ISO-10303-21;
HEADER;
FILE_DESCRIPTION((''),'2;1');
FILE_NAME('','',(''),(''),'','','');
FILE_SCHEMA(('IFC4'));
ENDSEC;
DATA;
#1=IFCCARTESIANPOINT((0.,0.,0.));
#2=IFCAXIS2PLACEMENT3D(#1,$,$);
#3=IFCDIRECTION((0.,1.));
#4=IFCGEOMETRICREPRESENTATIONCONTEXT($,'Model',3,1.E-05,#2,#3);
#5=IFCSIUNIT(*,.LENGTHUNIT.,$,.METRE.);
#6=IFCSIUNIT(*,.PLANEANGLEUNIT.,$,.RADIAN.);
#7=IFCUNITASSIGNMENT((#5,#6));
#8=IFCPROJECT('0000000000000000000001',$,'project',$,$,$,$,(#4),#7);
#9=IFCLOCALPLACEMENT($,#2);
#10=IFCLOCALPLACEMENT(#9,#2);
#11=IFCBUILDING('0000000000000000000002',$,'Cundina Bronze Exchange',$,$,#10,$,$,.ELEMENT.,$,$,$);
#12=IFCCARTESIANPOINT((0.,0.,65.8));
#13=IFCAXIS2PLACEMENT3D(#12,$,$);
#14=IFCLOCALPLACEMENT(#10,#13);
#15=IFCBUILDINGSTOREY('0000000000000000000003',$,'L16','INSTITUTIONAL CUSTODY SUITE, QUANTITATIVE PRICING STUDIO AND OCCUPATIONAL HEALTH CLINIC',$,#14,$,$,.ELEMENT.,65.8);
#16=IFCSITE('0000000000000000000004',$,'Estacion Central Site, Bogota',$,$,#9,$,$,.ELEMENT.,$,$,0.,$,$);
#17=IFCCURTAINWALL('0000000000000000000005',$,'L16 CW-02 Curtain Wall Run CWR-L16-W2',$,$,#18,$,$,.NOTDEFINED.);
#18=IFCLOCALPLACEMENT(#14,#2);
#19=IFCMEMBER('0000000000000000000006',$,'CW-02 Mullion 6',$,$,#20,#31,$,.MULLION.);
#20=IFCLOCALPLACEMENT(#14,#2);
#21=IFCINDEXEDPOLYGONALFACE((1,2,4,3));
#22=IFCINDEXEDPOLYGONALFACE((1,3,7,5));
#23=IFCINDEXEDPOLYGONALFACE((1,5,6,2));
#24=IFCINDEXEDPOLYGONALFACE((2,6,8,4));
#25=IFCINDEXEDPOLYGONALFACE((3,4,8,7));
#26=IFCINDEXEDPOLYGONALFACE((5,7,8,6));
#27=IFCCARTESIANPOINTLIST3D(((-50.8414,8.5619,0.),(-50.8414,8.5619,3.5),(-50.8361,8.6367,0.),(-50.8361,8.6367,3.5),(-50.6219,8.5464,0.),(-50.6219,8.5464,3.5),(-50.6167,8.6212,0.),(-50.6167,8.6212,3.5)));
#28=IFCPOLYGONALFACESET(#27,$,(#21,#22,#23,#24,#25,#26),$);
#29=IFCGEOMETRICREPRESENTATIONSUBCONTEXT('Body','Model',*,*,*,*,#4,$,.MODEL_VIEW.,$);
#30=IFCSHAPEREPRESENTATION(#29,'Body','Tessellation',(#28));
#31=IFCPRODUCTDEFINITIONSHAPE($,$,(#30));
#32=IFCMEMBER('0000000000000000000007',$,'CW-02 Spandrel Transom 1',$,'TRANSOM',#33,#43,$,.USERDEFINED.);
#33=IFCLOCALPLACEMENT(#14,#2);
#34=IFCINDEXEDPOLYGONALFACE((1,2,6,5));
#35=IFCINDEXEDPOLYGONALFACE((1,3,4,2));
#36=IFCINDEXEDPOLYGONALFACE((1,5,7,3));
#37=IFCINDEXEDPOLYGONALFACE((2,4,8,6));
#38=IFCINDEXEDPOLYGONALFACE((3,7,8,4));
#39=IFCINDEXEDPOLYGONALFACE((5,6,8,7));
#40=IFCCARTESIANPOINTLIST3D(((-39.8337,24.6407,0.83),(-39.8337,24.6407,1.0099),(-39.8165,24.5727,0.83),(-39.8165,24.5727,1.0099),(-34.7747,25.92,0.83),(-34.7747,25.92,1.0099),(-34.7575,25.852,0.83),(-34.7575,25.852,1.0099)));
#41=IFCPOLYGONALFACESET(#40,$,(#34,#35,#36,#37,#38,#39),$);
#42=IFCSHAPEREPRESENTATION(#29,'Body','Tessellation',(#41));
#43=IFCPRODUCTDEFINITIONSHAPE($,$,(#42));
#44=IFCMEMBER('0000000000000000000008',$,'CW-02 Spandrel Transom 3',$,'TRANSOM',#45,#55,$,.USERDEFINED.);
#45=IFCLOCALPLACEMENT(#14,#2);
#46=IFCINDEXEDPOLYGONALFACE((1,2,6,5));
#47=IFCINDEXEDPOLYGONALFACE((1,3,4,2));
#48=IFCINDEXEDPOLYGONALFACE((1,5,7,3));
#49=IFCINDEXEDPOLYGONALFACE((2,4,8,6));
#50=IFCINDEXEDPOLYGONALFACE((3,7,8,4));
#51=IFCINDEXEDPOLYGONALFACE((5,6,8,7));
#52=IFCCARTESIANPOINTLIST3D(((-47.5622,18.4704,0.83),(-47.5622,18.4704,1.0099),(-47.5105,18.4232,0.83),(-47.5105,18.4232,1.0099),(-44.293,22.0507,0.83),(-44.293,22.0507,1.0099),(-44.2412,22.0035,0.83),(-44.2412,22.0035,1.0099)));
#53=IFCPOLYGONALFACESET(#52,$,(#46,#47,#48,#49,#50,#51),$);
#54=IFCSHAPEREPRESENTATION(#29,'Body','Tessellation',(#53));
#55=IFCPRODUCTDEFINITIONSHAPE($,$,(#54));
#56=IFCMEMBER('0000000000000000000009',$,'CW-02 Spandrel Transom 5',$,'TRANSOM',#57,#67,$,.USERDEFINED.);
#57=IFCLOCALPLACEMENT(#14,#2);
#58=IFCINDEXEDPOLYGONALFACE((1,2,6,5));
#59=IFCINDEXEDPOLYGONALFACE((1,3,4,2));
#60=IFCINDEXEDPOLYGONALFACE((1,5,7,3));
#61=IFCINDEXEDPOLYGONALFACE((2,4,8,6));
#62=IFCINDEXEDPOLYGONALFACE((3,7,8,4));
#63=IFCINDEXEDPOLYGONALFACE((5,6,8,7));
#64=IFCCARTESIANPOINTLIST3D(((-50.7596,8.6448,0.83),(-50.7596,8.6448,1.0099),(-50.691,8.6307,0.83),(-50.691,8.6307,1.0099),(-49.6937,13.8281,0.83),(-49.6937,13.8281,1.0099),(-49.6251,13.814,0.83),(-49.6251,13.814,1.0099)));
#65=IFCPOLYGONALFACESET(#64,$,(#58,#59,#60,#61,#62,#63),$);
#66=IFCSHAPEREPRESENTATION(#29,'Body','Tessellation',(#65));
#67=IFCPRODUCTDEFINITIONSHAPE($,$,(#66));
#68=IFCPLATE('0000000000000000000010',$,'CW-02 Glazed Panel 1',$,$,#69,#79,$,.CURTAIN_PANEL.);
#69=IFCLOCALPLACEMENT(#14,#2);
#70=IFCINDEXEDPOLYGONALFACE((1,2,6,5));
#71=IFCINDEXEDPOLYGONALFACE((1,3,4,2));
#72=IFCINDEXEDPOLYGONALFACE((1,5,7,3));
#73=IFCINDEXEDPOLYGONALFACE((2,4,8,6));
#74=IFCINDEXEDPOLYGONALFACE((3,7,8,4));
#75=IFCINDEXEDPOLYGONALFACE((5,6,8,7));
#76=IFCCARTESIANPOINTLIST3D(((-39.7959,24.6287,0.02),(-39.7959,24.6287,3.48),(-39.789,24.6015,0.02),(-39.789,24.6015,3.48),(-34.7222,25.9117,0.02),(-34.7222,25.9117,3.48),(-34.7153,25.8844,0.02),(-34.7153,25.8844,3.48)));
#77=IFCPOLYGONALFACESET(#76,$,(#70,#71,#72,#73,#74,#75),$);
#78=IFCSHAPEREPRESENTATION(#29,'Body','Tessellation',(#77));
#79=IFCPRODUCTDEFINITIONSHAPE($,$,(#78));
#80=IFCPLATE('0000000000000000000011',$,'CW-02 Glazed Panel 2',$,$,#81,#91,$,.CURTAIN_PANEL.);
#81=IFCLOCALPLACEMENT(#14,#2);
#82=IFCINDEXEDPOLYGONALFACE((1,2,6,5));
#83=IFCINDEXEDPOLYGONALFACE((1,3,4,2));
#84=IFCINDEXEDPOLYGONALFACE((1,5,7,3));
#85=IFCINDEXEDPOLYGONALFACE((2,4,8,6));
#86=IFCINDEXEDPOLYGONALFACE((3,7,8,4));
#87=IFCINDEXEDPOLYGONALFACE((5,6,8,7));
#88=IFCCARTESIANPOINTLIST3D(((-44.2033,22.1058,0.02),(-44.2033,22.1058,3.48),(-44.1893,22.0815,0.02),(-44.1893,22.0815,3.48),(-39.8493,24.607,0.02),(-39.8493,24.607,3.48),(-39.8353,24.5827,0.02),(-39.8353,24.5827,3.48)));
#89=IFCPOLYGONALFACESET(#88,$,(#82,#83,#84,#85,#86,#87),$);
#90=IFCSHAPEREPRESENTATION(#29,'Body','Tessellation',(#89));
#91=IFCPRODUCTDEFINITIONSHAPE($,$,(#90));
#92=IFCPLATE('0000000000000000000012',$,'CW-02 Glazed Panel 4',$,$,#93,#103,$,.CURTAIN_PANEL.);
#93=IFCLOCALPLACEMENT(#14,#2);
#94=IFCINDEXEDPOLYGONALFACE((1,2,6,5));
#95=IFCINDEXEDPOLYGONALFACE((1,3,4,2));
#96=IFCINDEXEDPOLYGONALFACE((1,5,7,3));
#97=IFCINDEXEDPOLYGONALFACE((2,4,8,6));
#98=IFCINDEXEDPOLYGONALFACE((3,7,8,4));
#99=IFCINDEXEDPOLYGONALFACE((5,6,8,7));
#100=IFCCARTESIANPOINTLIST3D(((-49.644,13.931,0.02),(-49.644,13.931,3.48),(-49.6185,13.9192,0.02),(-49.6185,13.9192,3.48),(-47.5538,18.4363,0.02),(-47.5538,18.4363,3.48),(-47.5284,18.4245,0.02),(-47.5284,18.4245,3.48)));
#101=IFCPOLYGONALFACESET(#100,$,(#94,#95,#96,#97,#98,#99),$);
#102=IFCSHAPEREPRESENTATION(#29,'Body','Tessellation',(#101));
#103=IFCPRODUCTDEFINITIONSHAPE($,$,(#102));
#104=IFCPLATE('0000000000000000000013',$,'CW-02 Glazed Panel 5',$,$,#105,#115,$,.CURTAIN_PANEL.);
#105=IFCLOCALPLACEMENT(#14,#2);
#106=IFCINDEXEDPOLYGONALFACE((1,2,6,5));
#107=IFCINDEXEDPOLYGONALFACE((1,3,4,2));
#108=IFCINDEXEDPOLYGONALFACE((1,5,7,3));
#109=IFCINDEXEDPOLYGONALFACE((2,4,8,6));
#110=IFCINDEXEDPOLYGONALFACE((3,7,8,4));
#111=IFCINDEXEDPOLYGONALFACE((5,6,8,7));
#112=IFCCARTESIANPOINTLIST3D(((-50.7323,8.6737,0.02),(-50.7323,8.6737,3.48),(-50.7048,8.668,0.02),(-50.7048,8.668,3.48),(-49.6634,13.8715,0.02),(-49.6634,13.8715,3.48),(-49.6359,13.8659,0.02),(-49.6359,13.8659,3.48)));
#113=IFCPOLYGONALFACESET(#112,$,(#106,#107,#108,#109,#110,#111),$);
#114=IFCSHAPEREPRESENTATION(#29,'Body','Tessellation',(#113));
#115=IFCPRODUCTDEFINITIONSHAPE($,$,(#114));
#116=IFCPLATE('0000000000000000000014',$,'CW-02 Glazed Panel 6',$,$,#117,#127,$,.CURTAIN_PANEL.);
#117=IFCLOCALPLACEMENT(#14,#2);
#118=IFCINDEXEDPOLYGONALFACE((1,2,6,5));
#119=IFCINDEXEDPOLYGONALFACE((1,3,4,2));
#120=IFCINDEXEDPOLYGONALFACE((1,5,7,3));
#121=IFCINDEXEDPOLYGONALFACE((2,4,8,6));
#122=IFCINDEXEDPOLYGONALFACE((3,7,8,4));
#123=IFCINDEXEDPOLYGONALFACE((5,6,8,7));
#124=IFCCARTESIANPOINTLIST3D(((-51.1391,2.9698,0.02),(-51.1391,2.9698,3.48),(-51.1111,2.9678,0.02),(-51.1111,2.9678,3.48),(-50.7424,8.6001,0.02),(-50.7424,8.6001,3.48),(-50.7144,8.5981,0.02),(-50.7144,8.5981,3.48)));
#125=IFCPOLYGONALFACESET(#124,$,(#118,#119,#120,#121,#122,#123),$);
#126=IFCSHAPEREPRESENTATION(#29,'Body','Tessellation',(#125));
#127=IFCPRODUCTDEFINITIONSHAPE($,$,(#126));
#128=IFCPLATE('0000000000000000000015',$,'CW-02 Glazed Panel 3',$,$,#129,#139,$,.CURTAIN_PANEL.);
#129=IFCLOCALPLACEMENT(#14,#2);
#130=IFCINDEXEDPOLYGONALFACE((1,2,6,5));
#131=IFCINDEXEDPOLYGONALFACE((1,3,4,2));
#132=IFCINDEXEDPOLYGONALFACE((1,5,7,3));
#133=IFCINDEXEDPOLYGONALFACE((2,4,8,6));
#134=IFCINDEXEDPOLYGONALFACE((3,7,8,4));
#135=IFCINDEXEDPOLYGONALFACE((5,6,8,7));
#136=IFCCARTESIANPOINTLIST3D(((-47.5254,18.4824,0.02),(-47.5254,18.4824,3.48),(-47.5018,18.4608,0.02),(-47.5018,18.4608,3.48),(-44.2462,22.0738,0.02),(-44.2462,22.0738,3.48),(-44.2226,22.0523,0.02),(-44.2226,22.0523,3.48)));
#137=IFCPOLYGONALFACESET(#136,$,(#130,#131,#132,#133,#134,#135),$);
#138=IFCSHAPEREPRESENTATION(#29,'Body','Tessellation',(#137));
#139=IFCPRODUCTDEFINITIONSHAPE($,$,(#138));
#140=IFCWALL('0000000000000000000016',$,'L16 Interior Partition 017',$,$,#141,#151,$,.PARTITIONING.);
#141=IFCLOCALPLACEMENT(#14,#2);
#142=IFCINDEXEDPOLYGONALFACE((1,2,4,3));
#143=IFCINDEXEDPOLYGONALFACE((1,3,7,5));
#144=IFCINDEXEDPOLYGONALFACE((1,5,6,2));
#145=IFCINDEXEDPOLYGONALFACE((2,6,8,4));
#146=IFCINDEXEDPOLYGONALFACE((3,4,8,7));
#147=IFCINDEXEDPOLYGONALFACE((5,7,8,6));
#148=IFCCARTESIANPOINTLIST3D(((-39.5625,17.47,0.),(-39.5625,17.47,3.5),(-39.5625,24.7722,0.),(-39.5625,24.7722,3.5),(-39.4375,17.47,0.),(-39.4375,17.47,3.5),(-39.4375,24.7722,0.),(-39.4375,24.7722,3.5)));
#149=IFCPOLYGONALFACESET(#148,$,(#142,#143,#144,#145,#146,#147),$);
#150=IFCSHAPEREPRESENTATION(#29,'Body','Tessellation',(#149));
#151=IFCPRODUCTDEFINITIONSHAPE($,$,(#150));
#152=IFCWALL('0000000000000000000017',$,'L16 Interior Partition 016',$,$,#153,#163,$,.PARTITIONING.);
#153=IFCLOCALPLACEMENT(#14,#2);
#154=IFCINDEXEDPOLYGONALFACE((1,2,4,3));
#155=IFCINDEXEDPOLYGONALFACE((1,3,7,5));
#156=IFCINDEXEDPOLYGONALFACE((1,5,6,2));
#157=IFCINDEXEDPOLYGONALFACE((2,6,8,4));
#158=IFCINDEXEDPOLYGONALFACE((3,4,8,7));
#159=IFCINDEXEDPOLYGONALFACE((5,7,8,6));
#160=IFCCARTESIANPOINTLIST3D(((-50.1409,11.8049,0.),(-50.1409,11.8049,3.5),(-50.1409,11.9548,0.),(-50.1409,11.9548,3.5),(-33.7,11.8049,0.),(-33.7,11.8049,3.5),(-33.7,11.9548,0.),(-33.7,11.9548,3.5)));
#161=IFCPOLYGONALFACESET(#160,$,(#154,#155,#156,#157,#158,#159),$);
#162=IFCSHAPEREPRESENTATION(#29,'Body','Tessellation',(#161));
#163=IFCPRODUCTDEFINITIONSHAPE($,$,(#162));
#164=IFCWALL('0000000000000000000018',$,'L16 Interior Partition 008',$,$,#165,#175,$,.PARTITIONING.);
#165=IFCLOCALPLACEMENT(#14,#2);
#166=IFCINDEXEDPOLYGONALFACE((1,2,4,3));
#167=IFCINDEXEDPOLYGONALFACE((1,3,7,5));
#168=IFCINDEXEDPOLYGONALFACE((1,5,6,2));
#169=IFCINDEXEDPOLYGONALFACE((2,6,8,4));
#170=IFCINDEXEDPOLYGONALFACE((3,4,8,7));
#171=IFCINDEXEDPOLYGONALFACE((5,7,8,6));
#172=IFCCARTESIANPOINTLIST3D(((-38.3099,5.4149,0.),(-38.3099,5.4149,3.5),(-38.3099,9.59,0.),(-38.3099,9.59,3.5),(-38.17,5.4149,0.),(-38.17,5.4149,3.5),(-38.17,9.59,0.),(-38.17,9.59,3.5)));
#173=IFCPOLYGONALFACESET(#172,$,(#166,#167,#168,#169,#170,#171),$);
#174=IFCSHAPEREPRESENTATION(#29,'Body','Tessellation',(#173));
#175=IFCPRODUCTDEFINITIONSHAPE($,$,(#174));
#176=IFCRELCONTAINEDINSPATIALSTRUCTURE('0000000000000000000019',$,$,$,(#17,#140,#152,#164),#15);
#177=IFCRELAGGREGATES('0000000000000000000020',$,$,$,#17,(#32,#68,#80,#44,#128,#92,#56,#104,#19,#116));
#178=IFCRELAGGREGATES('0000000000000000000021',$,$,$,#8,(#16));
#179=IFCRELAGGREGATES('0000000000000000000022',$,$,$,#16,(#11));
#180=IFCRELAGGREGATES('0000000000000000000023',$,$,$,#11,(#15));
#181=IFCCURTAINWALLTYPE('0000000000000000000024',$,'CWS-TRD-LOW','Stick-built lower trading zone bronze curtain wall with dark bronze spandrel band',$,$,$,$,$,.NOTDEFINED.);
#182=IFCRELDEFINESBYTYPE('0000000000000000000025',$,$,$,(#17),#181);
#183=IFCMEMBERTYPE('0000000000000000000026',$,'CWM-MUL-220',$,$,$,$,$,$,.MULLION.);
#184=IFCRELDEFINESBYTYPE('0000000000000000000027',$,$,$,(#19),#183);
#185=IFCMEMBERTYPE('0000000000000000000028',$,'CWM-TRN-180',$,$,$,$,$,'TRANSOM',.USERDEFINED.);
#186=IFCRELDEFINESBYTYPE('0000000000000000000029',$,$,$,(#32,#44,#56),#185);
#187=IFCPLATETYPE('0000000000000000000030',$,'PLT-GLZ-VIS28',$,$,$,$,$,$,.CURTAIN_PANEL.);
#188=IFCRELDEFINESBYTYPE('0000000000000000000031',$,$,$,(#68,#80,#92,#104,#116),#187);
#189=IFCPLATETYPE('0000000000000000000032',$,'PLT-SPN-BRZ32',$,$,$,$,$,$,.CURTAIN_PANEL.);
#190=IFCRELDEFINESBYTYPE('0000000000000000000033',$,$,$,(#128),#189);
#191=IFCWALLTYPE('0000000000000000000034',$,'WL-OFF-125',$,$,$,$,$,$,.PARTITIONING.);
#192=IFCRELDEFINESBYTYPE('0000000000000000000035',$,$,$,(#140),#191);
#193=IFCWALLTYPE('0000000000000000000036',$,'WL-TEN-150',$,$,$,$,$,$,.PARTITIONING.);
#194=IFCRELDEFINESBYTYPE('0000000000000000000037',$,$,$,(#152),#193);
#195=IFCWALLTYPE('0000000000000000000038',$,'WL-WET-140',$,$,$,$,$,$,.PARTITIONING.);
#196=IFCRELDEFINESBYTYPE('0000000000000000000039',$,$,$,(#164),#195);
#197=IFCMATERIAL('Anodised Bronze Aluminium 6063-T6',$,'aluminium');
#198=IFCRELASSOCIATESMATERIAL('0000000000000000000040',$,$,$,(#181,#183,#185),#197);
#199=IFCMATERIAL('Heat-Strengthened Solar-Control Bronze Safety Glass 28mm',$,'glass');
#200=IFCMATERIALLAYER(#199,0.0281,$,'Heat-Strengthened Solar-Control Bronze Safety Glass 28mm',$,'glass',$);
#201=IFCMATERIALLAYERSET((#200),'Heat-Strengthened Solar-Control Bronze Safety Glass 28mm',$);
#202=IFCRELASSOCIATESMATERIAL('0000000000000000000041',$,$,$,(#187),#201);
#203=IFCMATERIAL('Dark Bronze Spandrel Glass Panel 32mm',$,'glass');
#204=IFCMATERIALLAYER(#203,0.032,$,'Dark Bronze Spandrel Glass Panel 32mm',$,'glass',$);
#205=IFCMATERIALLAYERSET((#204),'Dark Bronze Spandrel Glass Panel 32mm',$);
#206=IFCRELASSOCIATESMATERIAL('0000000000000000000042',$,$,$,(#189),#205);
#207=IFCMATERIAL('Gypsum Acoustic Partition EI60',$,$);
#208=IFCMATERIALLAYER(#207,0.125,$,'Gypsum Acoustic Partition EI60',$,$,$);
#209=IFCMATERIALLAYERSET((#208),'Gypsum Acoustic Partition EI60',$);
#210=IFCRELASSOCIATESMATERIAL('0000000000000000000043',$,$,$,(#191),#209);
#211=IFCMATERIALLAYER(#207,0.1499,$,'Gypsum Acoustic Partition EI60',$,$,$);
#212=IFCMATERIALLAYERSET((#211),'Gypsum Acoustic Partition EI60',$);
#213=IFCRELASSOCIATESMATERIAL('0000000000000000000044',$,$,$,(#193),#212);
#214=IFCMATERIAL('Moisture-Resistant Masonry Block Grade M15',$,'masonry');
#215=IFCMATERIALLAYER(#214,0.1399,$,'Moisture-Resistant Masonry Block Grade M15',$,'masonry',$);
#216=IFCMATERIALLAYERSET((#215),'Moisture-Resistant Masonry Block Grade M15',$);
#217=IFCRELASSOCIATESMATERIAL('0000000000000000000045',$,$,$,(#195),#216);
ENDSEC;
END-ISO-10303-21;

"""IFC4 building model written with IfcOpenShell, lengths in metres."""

from ifc_helpers import new_model, si_unit, direction, frame, frame_2d, origin, origin_2d, place, context, subcontext, project, spatial, rectangle, extrude, material, layer, layer_set, material_profile, profile_set, type_object, element, aggregate, save


model = new_model("IFC4")

# Units and contexts
model_context = context("Model", 3, precision=1e-05, world=origin(), true_north=direction((0.0, 1.0)))
body_context = subcontext(model_context, "Body", "Model", "MODEL_VIEW")
ifc_project = project(units=[si_unit("LENGTHUNIT", "METRE"), si_unit("PLANEANGLEUNIT", "RADIAN")], contexts=[model_context])

# Site, building, storey
site_placement = place(None, origin())
site = spatial("IfcSite", under=ifc_project, at=site_placement, Name="Estacion Central Site, Bogota", CompositionType="ELEMENT", RefElevation=0.0)
building_placement = place(site_placement, origin())
building = spatial("IfcBuilding", under=site, at=building_placement, Name="Cundina Bronze Exchange", CompositionType="ELEMENT")
storey_placement = place(building_placement, frame((0.0, 0.0, 65.8)))
storey = spatial("IfcBuildingStorey", under=building, at=storey_placement, Name="L16", Description="INSTITUTIONAL CUSTODY SUITE, QUANTITATIVE PRICING STUDIO AND OCCUPATIONAL HEALTH CLINIC", CompositionType="ELEMENT", Elevation=65.8)

# Curtain wall, members, plates
ifc_material_1 = material(Name="Anodised Bronze Aluminium 6063-T6", Category="aluminium")
curtain_wall_type = type_object("IfcCurtainWallType", Name="CWS-TRD-LOW", Description="Stick-built lower trading zone bronze curtain wall with dark bronze spandrel band", PredefinedType="NOTDEFINED", material=ifc_material_1)
curtain_wall_placement = place(storey_placement, origin())
curtain_wall = element("IfcCurtainWall", 1, at=curtain_wall_placement, inside=storey, type_object=curtain_wall_type, Name="L16 CW-02 Curtain Wall Run CWR-L16-W2", PredefinedType="NOTDEFINED")
ifc_material_profile_1 = material_profile(ifc_material_1, rectangle(XDim=0.075, YDim=0.22, at=origin_2d()), Name="AL75X220", Category="aluminium")
ifc_profile_set_1 = profile_set([ifc_material_profile_1], Name="Anodised Bronze Aluminium 6063-T6")
member_type_1 = type_object("IfcMemberType", Name="CWM-MUL-220", PredefinedType="MULLION", material=ifc_profile_set_1)
member_1_placement = place(storey_placement, frame((-50.729, 8.5916, 0.0), z_axis=(0.0, 0.0, 1.0), x_axis=(-0.070279, -0.997527, 0.0)))
member_1 = element("IfcMember", 2, at=member_1_placement, type_object=member_type_1, Name="CW-02 Mullion 6", PredefinedType="MULLION", context=body_context, shape_type="SweptSolid", body=[
    extrude(rectangle(XDim=0.075, YDim=0.22, at=origin_2d()), origin(), (0.0, 0.0, 1.0), 3.5),
])
ifc_material_profile_2 = material_profile(ifc_material_1, rectangle(XDim=0.0701, YDim=0.1799, at=origin_2d()), Name="AL70X180", Category="aluminium")
ifc_profile_set_2 = profile_set([ifc_material_profile_2], Name="Anodised Bronze Aluminium 6063-T6")
member_type_2 = type_object("IfcMemberType", Name="CWM-TRN-180", ElementType="TRANSOM", PredefinedType="USERDEFINED", material=ifc_profile_set_2)
member_2_placement = place(storey_placement, frame((-34.7661, 25.886, 0.9199), z_axis=(-0.969484, -0.245155, 0.0), x_axis=(0.245155, -0.969484, 0.0)))
member_2 = element("IfcMember", 3, at=member_2_placement, type_object=member_type_2, Name="CW-02 Spandrel Transom 1", ObjectType="TRANSOM", PredefinedType="USERDEFINED", context=body_context, shape_type="SweptSolid", body=[
    extrude(rectangle(XDim=0.0701, YDim=0.1799, at=origin_2d()), origin(), (0.0, 0.0, 1.0), 5.2183),
])
member_3_placement = place(storey_placement, frame((-44.2671, 22.0271, 0.9199), z_axis=(-0.674303, -0.738455, 0.0), x_axis=(0.738455, -0.674303, 0.0)))
member_3 = element("IfcMember", 4, at=member_3_placement, type_object=member_type_2, Name="CW-02 Spandrel Transom 3", ObjectType="TRANSOM", PredefinedType="USERDEFINED", context=body_context, shape_type="SweptSolid", body=[
    extrude(rectangle(XDim=0.0701, YDim=0.1799, at=origin_2d()), origin(), (0.0, 0.0, 1.0), 4.8484),
])
member_4_placement = place(storey_placement, frame((-49.6594, 13.821, 0.9199), z_axis=(-0.201428, -0.979503, 0.0), x_axis=(0.979503, -0.201428, 0.0)))
member_4 = element("IfcMember", 5, at=member_4_placement, type_object=member_type_2, Name="CW-02 Spandrel Transom 5", ObjectType="TRANSOM", PredefinedType="USERDEFINED", context=body_context, shape_type="SweptSolid", body=[
    extrude(rectangle(XDim=0.0701, YDim=0.1799, at=origin_2d()), origin(), (0.0, 0.0, 1.0), 5.2917),
])
ifc_material_2 = material(Name="Heat-Strengthened Solar-Control Bronze Safety Glass 28mm", Category="glass")
ifc_layer_1 = layer(ifc_material_2, 0.0281, Name="Heat-Strengthened Solar-Control Bronze Safety Glass 28mm", Category="glass")
ifc_layer_set_1 = layer_set([ifc_layer_1], Name="Heat-Strengthened Solar-Control Bronze Safety Glass 28mm")
plate_type_1 = type_object("IfcPlateType", Name="PLT-GLZ-VIS28", PredefinedType="CURTAIN_PANEL", material=ifc_layer_set_1)
plate_1_placement = place(storey_placement, frame((-37.2556, 25.2566, 0.02), z_axis=(0.0, 0.0, 1.0), x_axis=(-0.969488, -0.245138, 0.0)))
plate_1 = element("IfcPlate", 6, at=plate_1_placement, type_object=plate_type_1, Name="CW-02 Glazed Panel 1", PredefinedType="CURTAIN_PANEL", context=body_context, shape_type="SweptSolid", body=[
    extrude(rectangle(XDim=5.2334, YDim=0.0281, at=origin_2d()), origin(), (0.0, 0.0, 1.0), 3.46),
])
plate_2_placement = place(storey_placement, frame((-42.0193, 23.3442, 0.02), z_axis=(0.0, 0.0, 1.0), x_axis=(-0.867105, -0.498125, 0.0)))
plate_2 = element("IfcPlate", 7, at=plate_2_placement, type_object=plate_type_1, Name="CW-02 Glazed Panel 2", PredefinedType="CURTAIN_PANEL", context=body_context, shape_type="SweptSolid", body=[
    extrude(rectangle(XDim=5.0212, YDim=0.0281, at=origin_2d()), origin(), (0.0, 0.0, 1.0), 3.46),
])
plate_3_placement = place(storey_placement, frame((-48.5862, 16.1777, 0.02), z_axis=(0.0, 0.0, 1.0), x_axis=(-0.420846, -0.907132, 0.0)))
plate_3 = element("IfcPlate", 8, at=plate_3_placement, type_object=plate_type_1, Name="CW-02 Glazed Panel 4", PredefinedType="CURTAIN_PANEL", context=body_context, shape_type="SweptSolid", body=[
    extrude(rectangle(XDim=4.9666, YDim=0.0281, at=origin_2d()), origin(), (0.0, 0.0, 1.0), 3.46),
])
plate_4_placement = place(storey_placement, frame((-50.1841, 11.2698, 0.02), z_axis=(0.0, 0.0, 1.0), x_axis=(-0.20142, -0.979505, 0.0)))
plate_4 = element("IfcPlate", 9, at=plate_4_placement, type_object=plate_type_1, Name="CW-02 Glazed Panel 5", PredefinedType="CURTAIN_PANEL", context=body_context, shape_type="SweptSolid", body=[
    extrude(rectangle(XDim=5.3066, YDim=0.0281, at=origin_2d()), origin(), (0.0, 0.0, 1.0), 3.46),
])
plate_5_placement = place(storey_placement, frame((-50.9268, 5.7839, 0.02), z_axis=(0.0, 0.0, 1.0), x_axis=(-0.070279, -0.997527, 0.0)))
plate_5 = element("IfcPlate", 10, at=plate_5_placement, type_object=plate_type_1, Name="CW-02 Glazed Panel 6", PredefinedType="CURTAIN_PANEL", context=body_context, shape_type="SweptSolid", body=[
    extrude(rectangle(XDim=5.6443, YDim=0.0281, at=origin_2d()), origin(), (0.0, 0.0, 1.0), 3.46),
])
ifc_material_3 = material(Name="Dark Bronze Spandrel Glass Panel 32mm", Category="glass")
ifc_layer_2 = layer(ifc_material_3, 0.032, Name="Dark Bronze Spandrel Glass Panel 32mm", Category="glass")
ifc_layer_set_2 = layer_set([ifc_layer_2], Name="Dark Bronze Spandrel Glass Panel 32mm")
plate_type_2 = type_object("IfcPlateType", Name="PLT-SPN-BRZ32", PredefinedType="CURTAIN_PANEL", material=ifc_layer_set_2)
plate_6_placement = place(storey_placement, frame((-45.874, 20.2673, 0.02), z_axis=(0.0, 0.0, 1.0), x_axis=(-0.674277, -0.738479, 0.0)))
plate_6 = element("IfcPlate", 11, at=plate_6_placement, type_object=plate_type_2, Name="CW-02 Glazed Panel 3", PredefinedType="CURTAIN_PANEL", context=body_context, shape_type="SweptSolid", body=[
    extrude(rectangle(XDim=4.8633, YDim=0.032, at=origin_2d()), origin(), (0.0, 0.0, 1.0), 3.46),
])
aggregate(curtain_wall, [member_2, plate_1, plate_2, member_3, plate_6, plate_3, member_4, plate_4, member_1, plate_5])

# Walls
ifc_material_4 = material(Name="Gypsum Acoustic Partition EI60")
ifc_layer_3 = layer(ifc_material_4, 0.125, Name="Gypsum Acoustic Partition EI60")
ifc_layer_set_3 = layer_set([ifc_layer_3], Name="Gypsum Acoustic Partition EI60")
wall_type_1 = type_object("IfcWallType", Name="WL-OFF-125", PredefinedType="PARTITIONING", material=ifc_layer_set_3)
wall_1_placement = place(storey_placement, frame((-39.5, 17.47, 0.0), z_axis=(0.0, 0.0, 1.0), x_axis=(0.0, 1.0, 0.0)))
element("IfcWall", 12, at=wall_1_placement, inside=storey, type_object=wall_type_1, Name="L16 Interior Partition 017", PredefinedType="PARTITIONING", context=body_context, shape_type="SweptSolid", body=[
    extrude(rectangle(XDim=7.3022, YDim=0.125, at=frame_2d((3.6511, 0.0))), origin(), (0.0, 0.0, 1.0), 3.5),
])
ifc_layer_4 = layer(ifc_material_4, 0.1499, Name="Gypsum Acoustic Partition EI60")
ifc_layer_set_4 = layer_set([ifc_layer_4], Name="Gypsum Acoustic Partition EI60")
wall_type_2 = type_object("IfcWallType", Name="WL-TEN-150", PredefinedType="PARTITIONING", material=ifc_layer_set_4)
wall_2_placement = place(storey_placement, frame((-50.1409, 11.8799, 0.0), z_axis=(0.0, 0.0, 1.0), x_axis=(1.0, 0.0, 0.0)))
element("IfcWall", 13, at=wall_2_placement, inside=storey, type_object=wall_type_2, Name="L16 Interior Partition 016", PredefinedType="PARTITIONING", context=body_context, shape_type="SweptSolid", body=[
    extrude(rectangle(XDim=16.4409, YDim=0.1499, at=frame_2d((8.2205, 0.0))), origin(), (0.0, 0.0, 1.0), 3.5),
])
ifc_material_5 = material(Name="Moisture-Resistant Masonry Block Grade M15", Category="masonry")
ifc_layer_5 = layer(ifc_material_5, 0.1399, Name="Moisture-Resistant Masonry Block Grade M15", Category="masonry")
ifc_layer_set_5 = layer_set([ifc_layer_5], Name="Moisture-Resistant Masonry Block Grade M15")
wall_type_3 = type_object("IfcWallType", Name="WL-WET-140", PredefinedType="PARTITIONING", material=ifc_layer_set_5)
wall_3_placement = place(storey_placement, frame((-38.24, 5.415, 0.0), z_axis=(0.0, 0.0, 1.0), x_axis=(0.0, 1.0, 0.0)))
element("IfcWall", 14, at=wall_3_placement, inside=storey, type_object=wall_type_3, Name="L16 Interior Partition 008", PredefinedType="PARTITIONING", context=body_context, shape_type="SweptSolid", body=[
    extrude(rectangle(XDim=4.175, YDim=0.1399, at=frame_2d((2.0874, 0.0))), origin(), (0.0, 0.0, 1.0), 3.5),
])

save(model, "model.ifc")
